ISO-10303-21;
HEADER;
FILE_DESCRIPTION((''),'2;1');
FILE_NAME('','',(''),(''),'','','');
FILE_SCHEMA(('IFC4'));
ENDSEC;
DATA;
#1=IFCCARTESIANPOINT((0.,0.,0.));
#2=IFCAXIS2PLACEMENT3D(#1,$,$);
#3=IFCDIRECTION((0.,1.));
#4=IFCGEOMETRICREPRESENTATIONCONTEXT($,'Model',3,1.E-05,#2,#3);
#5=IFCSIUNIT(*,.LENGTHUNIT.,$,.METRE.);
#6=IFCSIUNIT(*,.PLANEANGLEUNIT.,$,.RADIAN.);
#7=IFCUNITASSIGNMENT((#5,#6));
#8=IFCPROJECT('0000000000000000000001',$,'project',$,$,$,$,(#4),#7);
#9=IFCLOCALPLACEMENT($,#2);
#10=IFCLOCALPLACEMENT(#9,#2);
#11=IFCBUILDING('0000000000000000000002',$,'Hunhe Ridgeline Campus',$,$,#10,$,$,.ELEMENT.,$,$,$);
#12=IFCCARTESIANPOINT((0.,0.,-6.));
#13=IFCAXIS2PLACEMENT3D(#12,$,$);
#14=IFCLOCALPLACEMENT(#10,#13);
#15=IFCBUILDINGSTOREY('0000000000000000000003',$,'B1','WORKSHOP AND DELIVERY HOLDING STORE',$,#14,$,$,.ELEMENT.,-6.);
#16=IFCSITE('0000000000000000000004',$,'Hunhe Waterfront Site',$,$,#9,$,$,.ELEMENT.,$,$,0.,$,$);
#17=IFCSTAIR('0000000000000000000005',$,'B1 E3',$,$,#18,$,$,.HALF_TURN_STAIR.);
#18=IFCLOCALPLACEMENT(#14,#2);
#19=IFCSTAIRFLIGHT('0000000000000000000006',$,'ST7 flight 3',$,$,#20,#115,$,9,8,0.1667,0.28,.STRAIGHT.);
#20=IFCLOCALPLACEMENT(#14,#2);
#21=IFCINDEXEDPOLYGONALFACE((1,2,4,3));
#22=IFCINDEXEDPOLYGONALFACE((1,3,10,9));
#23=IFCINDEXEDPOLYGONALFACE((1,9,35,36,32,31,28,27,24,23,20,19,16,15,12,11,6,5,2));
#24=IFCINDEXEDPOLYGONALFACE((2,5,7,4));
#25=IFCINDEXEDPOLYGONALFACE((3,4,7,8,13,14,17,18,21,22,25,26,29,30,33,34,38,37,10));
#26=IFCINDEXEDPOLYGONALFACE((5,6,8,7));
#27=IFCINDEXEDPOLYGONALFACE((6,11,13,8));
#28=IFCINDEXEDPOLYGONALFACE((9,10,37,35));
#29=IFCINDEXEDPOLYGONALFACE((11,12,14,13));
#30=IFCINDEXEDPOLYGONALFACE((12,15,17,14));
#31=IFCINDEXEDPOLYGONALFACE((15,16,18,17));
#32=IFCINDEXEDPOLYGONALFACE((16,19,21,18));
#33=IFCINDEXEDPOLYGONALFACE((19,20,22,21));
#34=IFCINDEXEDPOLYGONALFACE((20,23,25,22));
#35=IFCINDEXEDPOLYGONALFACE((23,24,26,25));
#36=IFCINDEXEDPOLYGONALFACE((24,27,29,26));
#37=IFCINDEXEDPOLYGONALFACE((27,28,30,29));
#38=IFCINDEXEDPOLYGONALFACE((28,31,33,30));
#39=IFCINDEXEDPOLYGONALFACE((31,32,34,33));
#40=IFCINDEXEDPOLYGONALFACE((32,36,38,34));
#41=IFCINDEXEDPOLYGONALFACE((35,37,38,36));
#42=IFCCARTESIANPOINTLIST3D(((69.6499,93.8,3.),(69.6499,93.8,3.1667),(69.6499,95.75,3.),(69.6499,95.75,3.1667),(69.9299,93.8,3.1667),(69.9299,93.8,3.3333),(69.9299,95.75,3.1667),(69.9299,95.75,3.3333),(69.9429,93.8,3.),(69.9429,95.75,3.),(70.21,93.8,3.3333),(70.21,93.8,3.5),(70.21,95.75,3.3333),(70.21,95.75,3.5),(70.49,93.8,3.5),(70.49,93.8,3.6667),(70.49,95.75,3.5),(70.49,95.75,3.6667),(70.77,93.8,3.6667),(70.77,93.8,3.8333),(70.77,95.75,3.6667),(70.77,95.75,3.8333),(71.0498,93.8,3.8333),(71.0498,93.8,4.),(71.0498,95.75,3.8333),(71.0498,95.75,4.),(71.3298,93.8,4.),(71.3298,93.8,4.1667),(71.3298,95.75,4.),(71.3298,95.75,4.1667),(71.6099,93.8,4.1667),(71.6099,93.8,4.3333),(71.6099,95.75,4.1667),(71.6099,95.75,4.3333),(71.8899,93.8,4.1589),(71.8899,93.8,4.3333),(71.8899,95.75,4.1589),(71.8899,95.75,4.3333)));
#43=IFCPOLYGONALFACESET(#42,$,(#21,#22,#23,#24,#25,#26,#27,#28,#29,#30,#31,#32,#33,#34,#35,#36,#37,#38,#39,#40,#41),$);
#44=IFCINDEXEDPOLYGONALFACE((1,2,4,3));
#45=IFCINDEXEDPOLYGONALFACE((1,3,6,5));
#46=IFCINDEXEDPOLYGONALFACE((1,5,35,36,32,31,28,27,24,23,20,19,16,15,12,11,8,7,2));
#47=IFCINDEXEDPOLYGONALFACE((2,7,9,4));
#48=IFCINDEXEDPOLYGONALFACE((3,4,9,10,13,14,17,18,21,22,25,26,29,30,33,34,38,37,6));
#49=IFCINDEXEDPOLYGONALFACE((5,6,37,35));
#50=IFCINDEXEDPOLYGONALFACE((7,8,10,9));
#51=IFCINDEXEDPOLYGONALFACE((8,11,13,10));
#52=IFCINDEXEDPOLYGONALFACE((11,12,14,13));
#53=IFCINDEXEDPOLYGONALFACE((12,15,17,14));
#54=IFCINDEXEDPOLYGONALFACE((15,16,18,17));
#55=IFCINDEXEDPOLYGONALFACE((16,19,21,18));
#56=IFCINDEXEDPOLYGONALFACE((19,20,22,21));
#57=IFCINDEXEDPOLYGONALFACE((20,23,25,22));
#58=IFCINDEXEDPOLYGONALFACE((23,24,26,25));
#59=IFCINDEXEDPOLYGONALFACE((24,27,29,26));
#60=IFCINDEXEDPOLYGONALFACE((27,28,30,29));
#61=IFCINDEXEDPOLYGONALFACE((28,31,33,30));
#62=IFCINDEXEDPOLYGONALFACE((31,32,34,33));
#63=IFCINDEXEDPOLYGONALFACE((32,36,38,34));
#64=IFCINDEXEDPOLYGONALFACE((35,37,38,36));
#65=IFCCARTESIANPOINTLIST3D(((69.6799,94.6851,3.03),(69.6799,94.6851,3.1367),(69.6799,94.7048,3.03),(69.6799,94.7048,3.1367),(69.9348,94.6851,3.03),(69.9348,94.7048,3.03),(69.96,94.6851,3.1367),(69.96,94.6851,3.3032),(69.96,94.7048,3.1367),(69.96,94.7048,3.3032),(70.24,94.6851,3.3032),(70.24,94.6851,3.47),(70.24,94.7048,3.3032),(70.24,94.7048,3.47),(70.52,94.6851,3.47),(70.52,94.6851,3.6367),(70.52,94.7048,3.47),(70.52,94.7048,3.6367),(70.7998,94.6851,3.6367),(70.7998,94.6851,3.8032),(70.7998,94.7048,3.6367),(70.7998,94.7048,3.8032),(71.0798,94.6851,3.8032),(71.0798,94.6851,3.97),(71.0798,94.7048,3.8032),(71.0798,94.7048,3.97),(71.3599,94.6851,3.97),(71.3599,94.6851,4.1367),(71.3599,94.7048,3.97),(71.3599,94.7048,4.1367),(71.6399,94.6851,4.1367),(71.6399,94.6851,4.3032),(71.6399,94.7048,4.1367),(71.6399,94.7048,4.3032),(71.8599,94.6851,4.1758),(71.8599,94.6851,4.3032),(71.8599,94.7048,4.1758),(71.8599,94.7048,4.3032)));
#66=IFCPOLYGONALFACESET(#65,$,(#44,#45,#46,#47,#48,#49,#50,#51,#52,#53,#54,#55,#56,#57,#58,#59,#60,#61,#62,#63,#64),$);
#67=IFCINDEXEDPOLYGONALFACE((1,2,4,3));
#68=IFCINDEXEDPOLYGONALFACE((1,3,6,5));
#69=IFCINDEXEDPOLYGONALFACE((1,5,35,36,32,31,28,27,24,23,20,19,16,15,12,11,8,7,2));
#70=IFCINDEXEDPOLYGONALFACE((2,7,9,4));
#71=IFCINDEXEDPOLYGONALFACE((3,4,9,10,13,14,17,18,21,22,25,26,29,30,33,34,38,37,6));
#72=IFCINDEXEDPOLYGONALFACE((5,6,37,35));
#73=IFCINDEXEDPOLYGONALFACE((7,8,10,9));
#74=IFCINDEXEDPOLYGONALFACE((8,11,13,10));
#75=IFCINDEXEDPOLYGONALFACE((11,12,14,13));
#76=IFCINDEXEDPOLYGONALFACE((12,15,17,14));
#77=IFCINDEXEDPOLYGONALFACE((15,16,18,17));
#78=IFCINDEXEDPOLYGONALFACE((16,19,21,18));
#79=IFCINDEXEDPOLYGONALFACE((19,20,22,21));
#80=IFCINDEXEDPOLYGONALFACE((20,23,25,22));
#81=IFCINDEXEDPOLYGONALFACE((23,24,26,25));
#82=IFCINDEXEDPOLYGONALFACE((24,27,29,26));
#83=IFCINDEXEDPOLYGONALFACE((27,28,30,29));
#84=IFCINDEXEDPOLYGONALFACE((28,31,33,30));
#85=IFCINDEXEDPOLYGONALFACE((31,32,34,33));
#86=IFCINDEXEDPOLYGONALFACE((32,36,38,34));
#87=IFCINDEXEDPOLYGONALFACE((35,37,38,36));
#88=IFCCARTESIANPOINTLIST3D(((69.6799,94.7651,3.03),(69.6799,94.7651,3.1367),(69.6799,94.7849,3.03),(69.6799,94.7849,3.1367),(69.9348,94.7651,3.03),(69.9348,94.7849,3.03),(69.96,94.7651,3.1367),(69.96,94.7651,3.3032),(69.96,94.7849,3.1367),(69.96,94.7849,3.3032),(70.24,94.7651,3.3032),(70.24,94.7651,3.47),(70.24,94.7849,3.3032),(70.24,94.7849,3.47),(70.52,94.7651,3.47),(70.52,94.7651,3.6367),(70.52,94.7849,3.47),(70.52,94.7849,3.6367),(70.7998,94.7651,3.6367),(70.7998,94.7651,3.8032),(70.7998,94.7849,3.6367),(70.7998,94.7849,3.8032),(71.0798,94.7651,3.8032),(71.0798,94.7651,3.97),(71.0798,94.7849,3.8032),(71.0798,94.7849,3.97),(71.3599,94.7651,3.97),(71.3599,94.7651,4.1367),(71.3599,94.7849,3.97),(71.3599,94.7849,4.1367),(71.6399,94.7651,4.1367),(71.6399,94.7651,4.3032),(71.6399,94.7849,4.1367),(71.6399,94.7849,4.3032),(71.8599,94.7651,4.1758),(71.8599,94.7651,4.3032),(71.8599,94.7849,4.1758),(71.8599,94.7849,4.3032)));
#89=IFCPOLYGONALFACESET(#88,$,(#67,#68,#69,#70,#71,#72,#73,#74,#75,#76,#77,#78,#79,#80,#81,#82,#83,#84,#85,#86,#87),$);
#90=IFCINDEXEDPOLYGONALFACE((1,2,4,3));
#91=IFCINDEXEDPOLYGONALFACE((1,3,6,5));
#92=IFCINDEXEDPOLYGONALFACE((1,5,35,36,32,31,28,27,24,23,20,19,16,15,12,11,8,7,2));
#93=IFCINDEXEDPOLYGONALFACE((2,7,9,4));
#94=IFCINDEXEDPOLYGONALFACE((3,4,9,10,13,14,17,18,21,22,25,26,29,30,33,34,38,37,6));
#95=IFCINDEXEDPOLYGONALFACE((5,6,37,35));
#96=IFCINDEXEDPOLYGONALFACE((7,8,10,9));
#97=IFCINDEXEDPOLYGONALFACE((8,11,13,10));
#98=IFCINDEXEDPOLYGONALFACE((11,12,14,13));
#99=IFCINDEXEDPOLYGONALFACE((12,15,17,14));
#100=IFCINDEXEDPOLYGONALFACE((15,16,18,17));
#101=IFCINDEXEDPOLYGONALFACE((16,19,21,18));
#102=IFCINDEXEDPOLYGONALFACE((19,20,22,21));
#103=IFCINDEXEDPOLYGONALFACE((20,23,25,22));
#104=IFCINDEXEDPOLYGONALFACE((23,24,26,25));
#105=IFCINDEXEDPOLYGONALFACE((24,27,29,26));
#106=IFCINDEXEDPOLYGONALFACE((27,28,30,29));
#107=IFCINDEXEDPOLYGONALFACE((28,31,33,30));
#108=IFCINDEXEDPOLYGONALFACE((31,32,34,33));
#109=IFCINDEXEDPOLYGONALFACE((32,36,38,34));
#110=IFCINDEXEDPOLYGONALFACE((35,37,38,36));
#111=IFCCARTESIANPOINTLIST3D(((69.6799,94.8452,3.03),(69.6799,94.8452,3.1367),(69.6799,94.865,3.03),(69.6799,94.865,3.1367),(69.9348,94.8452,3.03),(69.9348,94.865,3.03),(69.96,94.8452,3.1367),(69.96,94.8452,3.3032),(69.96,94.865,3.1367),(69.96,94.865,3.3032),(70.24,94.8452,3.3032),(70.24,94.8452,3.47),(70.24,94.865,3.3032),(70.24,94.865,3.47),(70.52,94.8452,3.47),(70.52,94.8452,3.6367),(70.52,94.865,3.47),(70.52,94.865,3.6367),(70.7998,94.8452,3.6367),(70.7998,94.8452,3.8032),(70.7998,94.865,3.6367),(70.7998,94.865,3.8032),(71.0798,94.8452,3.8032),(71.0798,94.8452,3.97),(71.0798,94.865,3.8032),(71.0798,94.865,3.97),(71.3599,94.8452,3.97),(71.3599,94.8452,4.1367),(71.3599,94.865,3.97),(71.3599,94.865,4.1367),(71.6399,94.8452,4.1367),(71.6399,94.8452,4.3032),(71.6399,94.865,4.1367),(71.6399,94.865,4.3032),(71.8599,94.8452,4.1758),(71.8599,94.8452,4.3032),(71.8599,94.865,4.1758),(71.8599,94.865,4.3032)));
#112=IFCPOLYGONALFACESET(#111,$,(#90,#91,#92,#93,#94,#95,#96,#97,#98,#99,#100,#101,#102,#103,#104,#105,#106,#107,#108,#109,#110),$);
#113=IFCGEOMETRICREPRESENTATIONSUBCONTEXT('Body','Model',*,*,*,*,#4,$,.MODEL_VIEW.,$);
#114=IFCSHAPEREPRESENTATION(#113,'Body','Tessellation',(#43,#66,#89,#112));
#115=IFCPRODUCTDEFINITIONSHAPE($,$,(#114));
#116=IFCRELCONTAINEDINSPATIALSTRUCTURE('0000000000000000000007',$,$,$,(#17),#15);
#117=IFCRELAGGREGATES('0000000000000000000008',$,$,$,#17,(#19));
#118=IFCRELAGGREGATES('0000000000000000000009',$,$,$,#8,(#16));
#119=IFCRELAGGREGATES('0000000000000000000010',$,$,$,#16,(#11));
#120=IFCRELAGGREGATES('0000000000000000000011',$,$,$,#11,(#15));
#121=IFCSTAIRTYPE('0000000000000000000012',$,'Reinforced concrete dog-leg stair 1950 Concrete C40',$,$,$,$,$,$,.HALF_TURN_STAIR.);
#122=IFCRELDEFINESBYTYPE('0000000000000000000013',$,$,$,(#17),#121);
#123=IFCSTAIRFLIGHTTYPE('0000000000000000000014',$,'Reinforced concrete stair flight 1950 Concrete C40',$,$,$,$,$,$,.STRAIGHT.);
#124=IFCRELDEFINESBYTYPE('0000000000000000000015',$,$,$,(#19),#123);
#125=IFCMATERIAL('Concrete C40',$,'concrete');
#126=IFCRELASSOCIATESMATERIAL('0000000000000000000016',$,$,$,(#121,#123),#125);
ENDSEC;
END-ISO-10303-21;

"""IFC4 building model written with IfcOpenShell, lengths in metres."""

from ifc_helpers import new_model, si_unit, direction, frame, origin, place, context, subcontext, project, spatial, polyline, outline, extrude, material, type_object, element, aggregate, save


model = new_model("IFC4")

# Units and contexts
model_context = context("Model", 3, precision=1e-05, world=origin(), true_north=direction((0.0, 1.0)))
body_context = subcontext(model_context, "Body", "Model", "MODEL_VIEW")
ifc_project = project(units=[si_unit("LENGTHUNIT", "METRE"), si_unit("PLANEANGLEUNIT", "RADIAN")], contexts=[model_context])

# Site, building, storey
site_placement = place(None, origin())
site = spatial("IfcSite", under=ifc_project, at=site_placement, Name="Hunhe Waterfront Site", CompositionType="ELEMENT", RefElevation=0.0)
building_placement = place(site_placement, origin())
building = spatial("IfcBuilding", under=site, at=building_placement, Name="Hunhe Ridgeline Campus", CompositionType="ELEMENT")
storey_placement = place(building_placement, frame((0.0, 0.0, -6.0)))
storey = spatial("IfcBuildingStorey", under=building, at=storey_placement, Name="B1", Description="WORKSHOP AND DELIVERY HOLDING STORE", CompositionType="ELEMENT", Elevation=-6.0)

# Stair, stair flight
ifc_material_1 = material(Name="Concrete C40", Category="concrete")
stair_type = type_object("IfcStairType", Name="Reinforced concrete dog-leg stair 1950 Concrete C40", PredefinedType="HALF_TURN_STAIR", material=ifc_material_1)
stair_placement = place(storey_placement, origin())
stair = element("IfcStair", 1, at=stair_placement, inside=storey, type_object=stair_type, Name="B1 E3", PredefinedType="HALF_TURN_STAIR")
stair_flight_type = type_object("IfcStairFlightType", Name="Reinforced concrete stair flight 1950 Concrete C40", PredefinedType="STRAIGHT", material=ifc_material_1)
stair_flight_1_placement = place(storey_placement, frame((69.6499, 94.7749, 3.0), z_axis=(0.0, 0.0, 1.0), x_axis=(1.0, 0.0, 0.0)))
stair_flight_1 = element("IfcStairFlight", 2, at=stair_flight_1_placement, type_object=stair_flight_type, Name="ST7 flight 3", NumberOfRisers=9, NumberOfTreads=8, PredefinedType="STRAIGHT", RiserHeight=0.1667, TreadLength=0.28, context=body_context, shape_type="SweptSolid", body=[
    extrude(outline(polyline([(0.0, 0.0), (0.0, 0.1667), (0.28, 0.1667), (0.28, 0.3333), (0.5601, 0.3333), (0.5601, 0.5), (0.8401, 0.5), (0.8401, 0.6667), (1.1201, 0.6667), (1.1201, 0.8333), (1.3999, 0.8333), (1.3999, 1.0), (1.6799, 1.0), (1.6799, 1.1667), (1.96, 1.1667), (1.96, 1.3333), (2.24, 1.3333), (2.24, 1.5), (2.24, 1.1589), (0.293, 0.0), (0.0, 0.0)])), frame((0.0, 0.9751, 0.0), z_axis=(0.0, -1.0, 0.0), x_axis=(1.0, 0.0, 0.0)), (0.0, 0.0, 1.0), 1.95),
    extrude(outline(polyline([(0.03, 0.03), (0.03, 0.1367), (0.3101, 0.1367), (0.3101, 0.3032), (0.5901, 0.3032), (0.5901, 0.47), (0.8701, 0.47), (0.8701, 0.6367), (1.1499, 0.6367), (1.1499, 0.8032), (1.4299, 0.8032), (1.4299, 0.97), (1.71, 0.97), (1.71, 1.1367), (1.99, 1.1367), (1.99, 1.3032), (2.21, 1.3032), (2.21, 1.1758), (0.2849, 0.03), (0.03, 0.03)])), frame((0.0, -0.0701, 0.0), z_axis=(0.0, -1.0, 0.0), x_axis=(1.0, 0.0, 0.0)), (0.0, 0.0, 1.0), 0.0198),
    extrude(outline(polyline([(0.03, 0.03), (0.03, 0.1367), (0.3101, 0.1367), (0.3101, 0.3032), (0.5901, 0.3032), (0.5901, 0.47), (0.8701, 0.47), (0.8701, 0.6367), (1.1499, 0.6367), (1.1499, 0.8032), (1.4299, 0.8032), (1.4299, 0.97), (1.71, 0.97), (1.71, 1.1367), (1.99, 1.1367), (1.99, 1.3032), (2.21, 1.3032), (2.21, 1.1758), (0.2849, 0.03), (0.03, 0.03)])), frame((0.0, 0.01, 0.0), z_axis=(0.0, -1.0, 0.0), x_axis=(1.0, 0.0, 0.0)), (0.0, 0.0, 1.0), 0.0198),
    extrude(outline(polyline([(0.03, 0.03), (0.03, 0.1367), (0.3101, 0.1367), (0.3101, 0.3032), (0.5901, 0.3032), (0.5901, 0.47), (0.8701, 0.47), (0.8701, 0.6367), (1.1499, 0.6367), (1.1499, 0.8032), (1.4299, 0.8032), (1.4299, 0.97), (1.71, 0.97), (1.71, 1.1367), (1.99, 1.1367), (1.99, 1.3032), (2.21, 1.3032), (2.21, 1.1758), (0.2849, 0.03), (0.03, 0.03)])), frame((0.0, 0.0901, 0.0), z_axis=(0.0, -1.0, 0.0), x_axis=(1.0, 0.0, 0.0)), (0.0, 0.0, 1.0), 0.0198),
])
aggregate(stair, [stair_flight_1])

save(model, "model.ifc")
